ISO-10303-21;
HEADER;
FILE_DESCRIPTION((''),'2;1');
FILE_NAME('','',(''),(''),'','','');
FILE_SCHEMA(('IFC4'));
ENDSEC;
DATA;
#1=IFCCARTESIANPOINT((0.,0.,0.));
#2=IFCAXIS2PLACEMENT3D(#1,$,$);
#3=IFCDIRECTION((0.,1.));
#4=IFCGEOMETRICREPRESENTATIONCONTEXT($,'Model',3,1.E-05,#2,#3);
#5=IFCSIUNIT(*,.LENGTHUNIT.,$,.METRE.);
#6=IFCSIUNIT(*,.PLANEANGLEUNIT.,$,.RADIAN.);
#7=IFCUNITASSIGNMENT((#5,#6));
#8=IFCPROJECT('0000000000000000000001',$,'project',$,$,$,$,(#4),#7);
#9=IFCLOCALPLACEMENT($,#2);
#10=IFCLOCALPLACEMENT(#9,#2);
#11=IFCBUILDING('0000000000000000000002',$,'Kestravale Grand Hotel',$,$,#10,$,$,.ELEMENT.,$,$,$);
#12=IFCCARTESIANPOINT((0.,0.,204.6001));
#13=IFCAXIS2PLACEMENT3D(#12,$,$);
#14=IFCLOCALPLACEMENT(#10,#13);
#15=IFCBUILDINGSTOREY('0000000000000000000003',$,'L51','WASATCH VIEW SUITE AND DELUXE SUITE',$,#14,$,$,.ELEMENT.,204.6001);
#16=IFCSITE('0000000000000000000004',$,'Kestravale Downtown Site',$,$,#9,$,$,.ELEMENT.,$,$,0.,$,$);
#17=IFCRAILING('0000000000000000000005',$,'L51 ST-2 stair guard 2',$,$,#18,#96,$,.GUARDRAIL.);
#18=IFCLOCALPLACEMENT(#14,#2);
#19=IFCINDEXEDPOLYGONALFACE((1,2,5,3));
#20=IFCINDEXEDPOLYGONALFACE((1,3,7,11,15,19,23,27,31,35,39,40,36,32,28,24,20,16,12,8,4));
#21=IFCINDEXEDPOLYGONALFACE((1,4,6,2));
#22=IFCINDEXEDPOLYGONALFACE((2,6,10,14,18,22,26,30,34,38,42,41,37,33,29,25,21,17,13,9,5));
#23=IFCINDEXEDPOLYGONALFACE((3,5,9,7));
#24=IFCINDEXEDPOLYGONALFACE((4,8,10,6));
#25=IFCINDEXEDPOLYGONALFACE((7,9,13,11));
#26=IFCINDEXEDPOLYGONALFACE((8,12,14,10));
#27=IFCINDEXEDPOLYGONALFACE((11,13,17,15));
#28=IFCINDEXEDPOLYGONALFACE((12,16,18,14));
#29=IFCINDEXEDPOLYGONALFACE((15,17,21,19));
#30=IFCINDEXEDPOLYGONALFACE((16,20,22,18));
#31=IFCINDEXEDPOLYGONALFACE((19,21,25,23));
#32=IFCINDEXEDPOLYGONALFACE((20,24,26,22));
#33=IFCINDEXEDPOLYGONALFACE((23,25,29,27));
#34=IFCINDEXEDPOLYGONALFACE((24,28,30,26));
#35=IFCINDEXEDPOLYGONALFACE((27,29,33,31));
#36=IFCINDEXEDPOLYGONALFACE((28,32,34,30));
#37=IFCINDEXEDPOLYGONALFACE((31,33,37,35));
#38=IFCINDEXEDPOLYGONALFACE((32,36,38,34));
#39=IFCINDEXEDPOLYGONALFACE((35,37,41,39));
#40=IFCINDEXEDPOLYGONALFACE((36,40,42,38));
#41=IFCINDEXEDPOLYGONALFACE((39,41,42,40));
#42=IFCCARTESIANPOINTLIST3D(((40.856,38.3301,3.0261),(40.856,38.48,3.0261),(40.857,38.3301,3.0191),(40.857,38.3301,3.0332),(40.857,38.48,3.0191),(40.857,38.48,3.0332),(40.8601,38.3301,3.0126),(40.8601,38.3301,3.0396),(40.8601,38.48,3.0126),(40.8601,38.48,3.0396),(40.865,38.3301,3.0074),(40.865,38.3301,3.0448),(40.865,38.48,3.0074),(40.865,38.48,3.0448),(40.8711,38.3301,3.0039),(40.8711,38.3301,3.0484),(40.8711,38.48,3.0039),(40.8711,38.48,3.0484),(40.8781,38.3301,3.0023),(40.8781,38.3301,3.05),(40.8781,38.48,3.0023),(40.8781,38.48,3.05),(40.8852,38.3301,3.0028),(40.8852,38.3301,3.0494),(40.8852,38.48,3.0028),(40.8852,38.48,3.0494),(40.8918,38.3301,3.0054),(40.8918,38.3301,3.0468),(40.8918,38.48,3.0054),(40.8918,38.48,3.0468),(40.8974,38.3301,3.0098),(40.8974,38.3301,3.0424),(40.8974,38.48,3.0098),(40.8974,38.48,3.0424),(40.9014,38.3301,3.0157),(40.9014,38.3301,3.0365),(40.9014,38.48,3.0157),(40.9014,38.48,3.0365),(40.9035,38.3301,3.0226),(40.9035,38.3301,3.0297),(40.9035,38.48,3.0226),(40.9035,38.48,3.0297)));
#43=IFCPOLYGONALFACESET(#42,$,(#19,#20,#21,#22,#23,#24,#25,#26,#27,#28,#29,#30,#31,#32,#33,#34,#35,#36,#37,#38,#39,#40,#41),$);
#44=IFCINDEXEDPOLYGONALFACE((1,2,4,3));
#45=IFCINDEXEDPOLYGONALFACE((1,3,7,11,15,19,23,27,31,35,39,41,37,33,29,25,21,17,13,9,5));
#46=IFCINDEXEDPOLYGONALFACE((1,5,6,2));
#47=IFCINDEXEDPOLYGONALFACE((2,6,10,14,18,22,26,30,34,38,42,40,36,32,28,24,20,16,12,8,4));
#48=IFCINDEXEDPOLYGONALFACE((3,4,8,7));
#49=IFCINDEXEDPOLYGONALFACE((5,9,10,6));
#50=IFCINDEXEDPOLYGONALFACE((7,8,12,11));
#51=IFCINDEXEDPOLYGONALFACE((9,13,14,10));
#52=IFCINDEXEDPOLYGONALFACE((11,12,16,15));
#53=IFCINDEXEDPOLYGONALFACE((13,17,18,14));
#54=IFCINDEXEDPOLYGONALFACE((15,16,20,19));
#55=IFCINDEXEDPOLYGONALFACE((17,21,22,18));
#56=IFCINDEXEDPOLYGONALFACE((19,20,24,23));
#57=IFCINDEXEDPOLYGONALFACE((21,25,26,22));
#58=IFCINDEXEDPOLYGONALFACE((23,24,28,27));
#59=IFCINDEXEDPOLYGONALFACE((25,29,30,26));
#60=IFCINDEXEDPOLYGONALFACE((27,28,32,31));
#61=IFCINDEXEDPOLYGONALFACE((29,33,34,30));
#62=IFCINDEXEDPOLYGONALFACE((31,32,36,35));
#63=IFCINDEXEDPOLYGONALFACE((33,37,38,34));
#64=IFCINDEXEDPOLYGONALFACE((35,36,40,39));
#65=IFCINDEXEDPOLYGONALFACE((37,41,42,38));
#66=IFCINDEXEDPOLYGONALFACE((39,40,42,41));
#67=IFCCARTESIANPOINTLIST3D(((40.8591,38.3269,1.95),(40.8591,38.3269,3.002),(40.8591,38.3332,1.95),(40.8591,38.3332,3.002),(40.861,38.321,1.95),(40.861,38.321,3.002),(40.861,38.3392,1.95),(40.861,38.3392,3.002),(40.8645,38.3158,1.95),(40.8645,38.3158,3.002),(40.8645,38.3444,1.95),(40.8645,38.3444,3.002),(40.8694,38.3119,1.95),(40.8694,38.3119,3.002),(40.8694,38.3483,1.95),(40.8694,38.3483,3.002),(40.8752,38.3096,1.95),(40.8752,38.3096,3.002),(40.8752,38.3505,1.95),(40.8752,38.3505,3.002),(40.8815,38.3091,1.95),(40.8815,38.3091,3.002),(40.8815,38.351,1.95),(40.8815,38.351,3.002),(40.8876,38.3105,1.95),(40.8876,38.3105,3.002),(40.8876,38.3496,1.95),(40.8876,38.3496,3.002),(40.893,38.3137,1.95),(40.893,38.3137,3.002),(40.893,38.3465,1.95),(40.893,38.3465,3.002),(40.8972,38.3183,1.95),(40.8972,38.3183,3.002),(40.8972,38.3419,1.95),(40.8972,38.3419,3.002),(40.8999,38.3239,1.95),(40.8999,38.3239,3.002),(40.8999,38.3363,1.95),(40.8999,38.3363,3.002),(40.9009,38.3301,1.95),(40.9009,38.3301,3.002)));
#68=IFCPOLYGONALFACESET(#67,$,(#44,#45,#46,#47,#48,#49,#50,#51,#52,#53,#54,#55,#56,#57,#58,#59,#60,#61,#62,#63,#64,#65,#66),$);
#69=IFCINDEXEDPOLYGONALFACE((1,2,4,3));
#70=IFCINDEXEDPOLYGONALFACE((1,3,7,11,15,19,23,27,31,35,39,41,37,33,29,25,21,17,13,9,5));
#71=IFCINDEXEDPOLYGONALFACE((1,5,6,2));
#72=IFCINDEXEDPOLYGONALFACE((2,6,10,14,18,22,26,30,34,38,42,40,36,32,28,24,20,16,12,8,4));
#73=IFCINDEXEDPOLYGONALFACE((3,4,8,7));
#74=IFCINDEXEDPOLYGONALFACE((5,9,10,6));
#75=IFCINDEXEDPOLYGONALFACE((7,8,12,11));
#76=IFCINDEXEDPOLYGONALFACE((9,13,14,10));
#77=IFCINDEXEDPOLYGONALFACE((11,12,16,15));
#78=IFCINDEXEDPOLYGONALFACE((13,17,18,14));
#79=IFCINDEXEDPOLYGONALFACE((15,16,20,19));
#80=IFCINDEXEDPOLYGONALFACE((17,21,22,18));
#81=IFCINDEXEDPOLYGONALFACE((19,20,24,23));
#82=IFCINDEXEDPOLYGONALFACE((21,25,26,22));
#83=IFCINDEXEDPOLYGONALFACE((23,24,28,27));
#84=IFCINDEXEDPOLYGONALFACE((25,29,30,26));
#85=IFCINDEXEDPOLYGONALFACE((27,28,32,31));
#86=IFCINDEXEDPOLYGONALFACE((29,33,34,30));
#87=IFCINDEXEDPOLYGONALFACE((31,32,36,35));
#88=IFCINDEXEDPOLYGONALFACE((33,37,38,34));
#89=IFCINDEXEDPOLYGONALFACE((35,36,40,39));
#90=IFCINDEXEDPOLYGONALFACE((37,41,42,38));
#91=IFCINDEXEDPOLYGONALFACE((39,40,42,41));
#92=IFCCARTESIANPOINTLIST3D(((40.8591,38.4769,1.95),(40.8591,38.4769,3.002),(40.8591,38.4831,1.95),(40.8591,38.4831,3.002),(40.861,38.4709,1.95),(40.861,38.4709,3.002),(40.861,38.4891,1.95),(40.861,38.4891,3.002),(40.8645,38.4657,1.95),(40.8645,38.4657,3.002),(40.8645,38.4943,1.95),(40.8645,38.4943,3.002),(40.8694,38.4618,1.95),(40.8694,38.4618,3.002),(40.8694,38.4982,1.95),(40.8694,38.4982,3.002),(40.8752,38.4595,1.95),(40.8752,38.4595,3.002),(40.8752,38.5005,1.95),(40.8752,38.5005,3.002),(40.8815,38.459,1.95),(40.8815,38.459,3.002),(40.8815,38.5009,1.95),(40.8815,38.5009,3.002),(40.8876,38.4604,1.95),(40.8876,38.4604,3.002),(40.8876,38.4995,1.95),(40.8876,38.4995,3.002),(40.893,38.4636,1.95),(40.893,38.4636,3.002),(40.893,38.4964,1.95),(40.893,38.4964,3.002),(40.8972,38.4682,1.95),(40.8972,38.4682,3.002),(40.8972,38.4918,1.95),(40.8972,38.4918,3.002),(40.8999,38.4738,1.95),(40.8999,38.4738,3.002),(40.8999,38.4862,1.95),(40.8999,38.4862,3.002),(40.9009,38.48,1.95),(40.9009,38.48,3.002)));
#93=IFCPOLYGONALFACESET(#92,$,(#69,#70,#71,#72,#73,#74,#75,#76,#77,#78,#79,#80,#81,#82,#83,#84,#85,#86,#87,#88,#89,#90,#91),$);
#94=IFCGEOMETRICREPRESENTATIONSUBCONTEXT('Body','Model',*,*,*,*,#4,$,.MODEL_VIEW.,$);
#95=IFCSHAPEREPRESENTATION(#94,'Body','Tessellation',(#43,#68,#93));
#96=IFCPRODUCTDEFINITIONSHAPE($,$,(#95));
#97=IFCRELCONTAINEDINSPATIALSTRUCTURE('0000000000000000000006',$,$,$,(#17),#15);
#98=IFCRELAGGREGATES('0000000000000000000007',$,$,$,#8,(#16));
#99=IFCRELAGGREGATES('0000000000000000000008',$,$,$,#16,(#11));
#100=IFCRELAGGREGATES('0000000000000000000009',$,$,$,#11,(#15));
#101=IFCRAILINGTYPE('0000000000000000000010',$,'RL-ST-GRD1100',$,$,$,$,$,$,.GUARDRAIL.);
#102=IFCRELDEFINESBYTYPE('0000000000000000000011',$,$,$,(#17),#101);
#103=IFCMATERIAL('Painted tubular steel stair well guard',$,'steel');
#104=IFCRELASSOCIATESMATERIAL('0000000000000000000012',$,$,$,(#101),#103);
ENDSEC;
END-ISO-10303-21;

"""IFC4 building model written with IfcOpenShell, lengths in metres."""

from ifc_helpers import new_model, si_unit, direction, frame, origin, origin_2d, place, context, subcontext, project, spatial, circle, extrude, material, type_object, element, save


model = new_model("IFC4")

# Units and contexts
model_context = context("Model", 3, precision=1e-05, world=origin(), true_north=direction((0.0, 1.0)))
body_context = subcontext(model_context, "Body", "Model", "MODEL_VIEW")
ifc_project = project(units=[si_unit("LENGTHUNIT", "METRE"), si_unit("PLANEANGLEUNIT", "RADIAN")], contexts=[model_context])

# Site, building, storey
site_placement = place(None, origin())
site = spatial("IfcSite", under=ifc_project, at=site_placement, Name="Kestravale Downtown Site", CompositionType="ELEMENT", RefElevation=0.0)
building_placement = place(site_placement, origin())
building = spatial("IfcBuilding", under=site, at=building_placement, Name="Kestravale Grand Hotel", CompositionType="ELEMENT")
storey_placement = place(building_placement, frame((0.0, 0.0, 204.6001)))
storey = spatial("IfcBuildingStorey", under=building, at=storey_placement, Name="L51", Description="WASATCH VIEW SUITE AND DELUXE SUITE", CompositionType="ELEMENT", Elevation=204.6001)

# Railing
ifc_material_1 = material(Name="Painted tubular steel stair well guard", Category="steel")
railing_type_1 = type_object("IfcRailingType", Name="RL-ST-GRD1100", PredefinedType="GUARDRAIL", material=ifc_material_1)
railing_1_placement = place(storey_placement, frame((40.8799, 38.3301, 1.95)))
element("IfcRailing", 1, at=railing_1_placement, inside=storey, type_object=railing_type_1, Name="L51 ST-2 stair guard 2", PredefinedType="GUARDRAIL", context=body_context, shape_type="SweptSolid", body=[
    extrude(circle(Radius=0.0239, at=origin_2d()), frame((0.0, 0.0, 1.0762), z_axis=(0.0, 1.0, 0.0), x_axis=(-1.0, 0.0, 0.0)), (0.0, 0.0, 1.0), 0.1499),
    extrude(circle(Radius=0.021, at=origin_2d()), origin(), (0.0, 0.0, 1.0), 1.052),
    extrude(circle(Radius=0.021, at=origin_2d()), frame((0.0, 0.1499, 0.0)), (0.0, 0.0, 1.0), 1.052),
])

save(model, "model.ifc")
